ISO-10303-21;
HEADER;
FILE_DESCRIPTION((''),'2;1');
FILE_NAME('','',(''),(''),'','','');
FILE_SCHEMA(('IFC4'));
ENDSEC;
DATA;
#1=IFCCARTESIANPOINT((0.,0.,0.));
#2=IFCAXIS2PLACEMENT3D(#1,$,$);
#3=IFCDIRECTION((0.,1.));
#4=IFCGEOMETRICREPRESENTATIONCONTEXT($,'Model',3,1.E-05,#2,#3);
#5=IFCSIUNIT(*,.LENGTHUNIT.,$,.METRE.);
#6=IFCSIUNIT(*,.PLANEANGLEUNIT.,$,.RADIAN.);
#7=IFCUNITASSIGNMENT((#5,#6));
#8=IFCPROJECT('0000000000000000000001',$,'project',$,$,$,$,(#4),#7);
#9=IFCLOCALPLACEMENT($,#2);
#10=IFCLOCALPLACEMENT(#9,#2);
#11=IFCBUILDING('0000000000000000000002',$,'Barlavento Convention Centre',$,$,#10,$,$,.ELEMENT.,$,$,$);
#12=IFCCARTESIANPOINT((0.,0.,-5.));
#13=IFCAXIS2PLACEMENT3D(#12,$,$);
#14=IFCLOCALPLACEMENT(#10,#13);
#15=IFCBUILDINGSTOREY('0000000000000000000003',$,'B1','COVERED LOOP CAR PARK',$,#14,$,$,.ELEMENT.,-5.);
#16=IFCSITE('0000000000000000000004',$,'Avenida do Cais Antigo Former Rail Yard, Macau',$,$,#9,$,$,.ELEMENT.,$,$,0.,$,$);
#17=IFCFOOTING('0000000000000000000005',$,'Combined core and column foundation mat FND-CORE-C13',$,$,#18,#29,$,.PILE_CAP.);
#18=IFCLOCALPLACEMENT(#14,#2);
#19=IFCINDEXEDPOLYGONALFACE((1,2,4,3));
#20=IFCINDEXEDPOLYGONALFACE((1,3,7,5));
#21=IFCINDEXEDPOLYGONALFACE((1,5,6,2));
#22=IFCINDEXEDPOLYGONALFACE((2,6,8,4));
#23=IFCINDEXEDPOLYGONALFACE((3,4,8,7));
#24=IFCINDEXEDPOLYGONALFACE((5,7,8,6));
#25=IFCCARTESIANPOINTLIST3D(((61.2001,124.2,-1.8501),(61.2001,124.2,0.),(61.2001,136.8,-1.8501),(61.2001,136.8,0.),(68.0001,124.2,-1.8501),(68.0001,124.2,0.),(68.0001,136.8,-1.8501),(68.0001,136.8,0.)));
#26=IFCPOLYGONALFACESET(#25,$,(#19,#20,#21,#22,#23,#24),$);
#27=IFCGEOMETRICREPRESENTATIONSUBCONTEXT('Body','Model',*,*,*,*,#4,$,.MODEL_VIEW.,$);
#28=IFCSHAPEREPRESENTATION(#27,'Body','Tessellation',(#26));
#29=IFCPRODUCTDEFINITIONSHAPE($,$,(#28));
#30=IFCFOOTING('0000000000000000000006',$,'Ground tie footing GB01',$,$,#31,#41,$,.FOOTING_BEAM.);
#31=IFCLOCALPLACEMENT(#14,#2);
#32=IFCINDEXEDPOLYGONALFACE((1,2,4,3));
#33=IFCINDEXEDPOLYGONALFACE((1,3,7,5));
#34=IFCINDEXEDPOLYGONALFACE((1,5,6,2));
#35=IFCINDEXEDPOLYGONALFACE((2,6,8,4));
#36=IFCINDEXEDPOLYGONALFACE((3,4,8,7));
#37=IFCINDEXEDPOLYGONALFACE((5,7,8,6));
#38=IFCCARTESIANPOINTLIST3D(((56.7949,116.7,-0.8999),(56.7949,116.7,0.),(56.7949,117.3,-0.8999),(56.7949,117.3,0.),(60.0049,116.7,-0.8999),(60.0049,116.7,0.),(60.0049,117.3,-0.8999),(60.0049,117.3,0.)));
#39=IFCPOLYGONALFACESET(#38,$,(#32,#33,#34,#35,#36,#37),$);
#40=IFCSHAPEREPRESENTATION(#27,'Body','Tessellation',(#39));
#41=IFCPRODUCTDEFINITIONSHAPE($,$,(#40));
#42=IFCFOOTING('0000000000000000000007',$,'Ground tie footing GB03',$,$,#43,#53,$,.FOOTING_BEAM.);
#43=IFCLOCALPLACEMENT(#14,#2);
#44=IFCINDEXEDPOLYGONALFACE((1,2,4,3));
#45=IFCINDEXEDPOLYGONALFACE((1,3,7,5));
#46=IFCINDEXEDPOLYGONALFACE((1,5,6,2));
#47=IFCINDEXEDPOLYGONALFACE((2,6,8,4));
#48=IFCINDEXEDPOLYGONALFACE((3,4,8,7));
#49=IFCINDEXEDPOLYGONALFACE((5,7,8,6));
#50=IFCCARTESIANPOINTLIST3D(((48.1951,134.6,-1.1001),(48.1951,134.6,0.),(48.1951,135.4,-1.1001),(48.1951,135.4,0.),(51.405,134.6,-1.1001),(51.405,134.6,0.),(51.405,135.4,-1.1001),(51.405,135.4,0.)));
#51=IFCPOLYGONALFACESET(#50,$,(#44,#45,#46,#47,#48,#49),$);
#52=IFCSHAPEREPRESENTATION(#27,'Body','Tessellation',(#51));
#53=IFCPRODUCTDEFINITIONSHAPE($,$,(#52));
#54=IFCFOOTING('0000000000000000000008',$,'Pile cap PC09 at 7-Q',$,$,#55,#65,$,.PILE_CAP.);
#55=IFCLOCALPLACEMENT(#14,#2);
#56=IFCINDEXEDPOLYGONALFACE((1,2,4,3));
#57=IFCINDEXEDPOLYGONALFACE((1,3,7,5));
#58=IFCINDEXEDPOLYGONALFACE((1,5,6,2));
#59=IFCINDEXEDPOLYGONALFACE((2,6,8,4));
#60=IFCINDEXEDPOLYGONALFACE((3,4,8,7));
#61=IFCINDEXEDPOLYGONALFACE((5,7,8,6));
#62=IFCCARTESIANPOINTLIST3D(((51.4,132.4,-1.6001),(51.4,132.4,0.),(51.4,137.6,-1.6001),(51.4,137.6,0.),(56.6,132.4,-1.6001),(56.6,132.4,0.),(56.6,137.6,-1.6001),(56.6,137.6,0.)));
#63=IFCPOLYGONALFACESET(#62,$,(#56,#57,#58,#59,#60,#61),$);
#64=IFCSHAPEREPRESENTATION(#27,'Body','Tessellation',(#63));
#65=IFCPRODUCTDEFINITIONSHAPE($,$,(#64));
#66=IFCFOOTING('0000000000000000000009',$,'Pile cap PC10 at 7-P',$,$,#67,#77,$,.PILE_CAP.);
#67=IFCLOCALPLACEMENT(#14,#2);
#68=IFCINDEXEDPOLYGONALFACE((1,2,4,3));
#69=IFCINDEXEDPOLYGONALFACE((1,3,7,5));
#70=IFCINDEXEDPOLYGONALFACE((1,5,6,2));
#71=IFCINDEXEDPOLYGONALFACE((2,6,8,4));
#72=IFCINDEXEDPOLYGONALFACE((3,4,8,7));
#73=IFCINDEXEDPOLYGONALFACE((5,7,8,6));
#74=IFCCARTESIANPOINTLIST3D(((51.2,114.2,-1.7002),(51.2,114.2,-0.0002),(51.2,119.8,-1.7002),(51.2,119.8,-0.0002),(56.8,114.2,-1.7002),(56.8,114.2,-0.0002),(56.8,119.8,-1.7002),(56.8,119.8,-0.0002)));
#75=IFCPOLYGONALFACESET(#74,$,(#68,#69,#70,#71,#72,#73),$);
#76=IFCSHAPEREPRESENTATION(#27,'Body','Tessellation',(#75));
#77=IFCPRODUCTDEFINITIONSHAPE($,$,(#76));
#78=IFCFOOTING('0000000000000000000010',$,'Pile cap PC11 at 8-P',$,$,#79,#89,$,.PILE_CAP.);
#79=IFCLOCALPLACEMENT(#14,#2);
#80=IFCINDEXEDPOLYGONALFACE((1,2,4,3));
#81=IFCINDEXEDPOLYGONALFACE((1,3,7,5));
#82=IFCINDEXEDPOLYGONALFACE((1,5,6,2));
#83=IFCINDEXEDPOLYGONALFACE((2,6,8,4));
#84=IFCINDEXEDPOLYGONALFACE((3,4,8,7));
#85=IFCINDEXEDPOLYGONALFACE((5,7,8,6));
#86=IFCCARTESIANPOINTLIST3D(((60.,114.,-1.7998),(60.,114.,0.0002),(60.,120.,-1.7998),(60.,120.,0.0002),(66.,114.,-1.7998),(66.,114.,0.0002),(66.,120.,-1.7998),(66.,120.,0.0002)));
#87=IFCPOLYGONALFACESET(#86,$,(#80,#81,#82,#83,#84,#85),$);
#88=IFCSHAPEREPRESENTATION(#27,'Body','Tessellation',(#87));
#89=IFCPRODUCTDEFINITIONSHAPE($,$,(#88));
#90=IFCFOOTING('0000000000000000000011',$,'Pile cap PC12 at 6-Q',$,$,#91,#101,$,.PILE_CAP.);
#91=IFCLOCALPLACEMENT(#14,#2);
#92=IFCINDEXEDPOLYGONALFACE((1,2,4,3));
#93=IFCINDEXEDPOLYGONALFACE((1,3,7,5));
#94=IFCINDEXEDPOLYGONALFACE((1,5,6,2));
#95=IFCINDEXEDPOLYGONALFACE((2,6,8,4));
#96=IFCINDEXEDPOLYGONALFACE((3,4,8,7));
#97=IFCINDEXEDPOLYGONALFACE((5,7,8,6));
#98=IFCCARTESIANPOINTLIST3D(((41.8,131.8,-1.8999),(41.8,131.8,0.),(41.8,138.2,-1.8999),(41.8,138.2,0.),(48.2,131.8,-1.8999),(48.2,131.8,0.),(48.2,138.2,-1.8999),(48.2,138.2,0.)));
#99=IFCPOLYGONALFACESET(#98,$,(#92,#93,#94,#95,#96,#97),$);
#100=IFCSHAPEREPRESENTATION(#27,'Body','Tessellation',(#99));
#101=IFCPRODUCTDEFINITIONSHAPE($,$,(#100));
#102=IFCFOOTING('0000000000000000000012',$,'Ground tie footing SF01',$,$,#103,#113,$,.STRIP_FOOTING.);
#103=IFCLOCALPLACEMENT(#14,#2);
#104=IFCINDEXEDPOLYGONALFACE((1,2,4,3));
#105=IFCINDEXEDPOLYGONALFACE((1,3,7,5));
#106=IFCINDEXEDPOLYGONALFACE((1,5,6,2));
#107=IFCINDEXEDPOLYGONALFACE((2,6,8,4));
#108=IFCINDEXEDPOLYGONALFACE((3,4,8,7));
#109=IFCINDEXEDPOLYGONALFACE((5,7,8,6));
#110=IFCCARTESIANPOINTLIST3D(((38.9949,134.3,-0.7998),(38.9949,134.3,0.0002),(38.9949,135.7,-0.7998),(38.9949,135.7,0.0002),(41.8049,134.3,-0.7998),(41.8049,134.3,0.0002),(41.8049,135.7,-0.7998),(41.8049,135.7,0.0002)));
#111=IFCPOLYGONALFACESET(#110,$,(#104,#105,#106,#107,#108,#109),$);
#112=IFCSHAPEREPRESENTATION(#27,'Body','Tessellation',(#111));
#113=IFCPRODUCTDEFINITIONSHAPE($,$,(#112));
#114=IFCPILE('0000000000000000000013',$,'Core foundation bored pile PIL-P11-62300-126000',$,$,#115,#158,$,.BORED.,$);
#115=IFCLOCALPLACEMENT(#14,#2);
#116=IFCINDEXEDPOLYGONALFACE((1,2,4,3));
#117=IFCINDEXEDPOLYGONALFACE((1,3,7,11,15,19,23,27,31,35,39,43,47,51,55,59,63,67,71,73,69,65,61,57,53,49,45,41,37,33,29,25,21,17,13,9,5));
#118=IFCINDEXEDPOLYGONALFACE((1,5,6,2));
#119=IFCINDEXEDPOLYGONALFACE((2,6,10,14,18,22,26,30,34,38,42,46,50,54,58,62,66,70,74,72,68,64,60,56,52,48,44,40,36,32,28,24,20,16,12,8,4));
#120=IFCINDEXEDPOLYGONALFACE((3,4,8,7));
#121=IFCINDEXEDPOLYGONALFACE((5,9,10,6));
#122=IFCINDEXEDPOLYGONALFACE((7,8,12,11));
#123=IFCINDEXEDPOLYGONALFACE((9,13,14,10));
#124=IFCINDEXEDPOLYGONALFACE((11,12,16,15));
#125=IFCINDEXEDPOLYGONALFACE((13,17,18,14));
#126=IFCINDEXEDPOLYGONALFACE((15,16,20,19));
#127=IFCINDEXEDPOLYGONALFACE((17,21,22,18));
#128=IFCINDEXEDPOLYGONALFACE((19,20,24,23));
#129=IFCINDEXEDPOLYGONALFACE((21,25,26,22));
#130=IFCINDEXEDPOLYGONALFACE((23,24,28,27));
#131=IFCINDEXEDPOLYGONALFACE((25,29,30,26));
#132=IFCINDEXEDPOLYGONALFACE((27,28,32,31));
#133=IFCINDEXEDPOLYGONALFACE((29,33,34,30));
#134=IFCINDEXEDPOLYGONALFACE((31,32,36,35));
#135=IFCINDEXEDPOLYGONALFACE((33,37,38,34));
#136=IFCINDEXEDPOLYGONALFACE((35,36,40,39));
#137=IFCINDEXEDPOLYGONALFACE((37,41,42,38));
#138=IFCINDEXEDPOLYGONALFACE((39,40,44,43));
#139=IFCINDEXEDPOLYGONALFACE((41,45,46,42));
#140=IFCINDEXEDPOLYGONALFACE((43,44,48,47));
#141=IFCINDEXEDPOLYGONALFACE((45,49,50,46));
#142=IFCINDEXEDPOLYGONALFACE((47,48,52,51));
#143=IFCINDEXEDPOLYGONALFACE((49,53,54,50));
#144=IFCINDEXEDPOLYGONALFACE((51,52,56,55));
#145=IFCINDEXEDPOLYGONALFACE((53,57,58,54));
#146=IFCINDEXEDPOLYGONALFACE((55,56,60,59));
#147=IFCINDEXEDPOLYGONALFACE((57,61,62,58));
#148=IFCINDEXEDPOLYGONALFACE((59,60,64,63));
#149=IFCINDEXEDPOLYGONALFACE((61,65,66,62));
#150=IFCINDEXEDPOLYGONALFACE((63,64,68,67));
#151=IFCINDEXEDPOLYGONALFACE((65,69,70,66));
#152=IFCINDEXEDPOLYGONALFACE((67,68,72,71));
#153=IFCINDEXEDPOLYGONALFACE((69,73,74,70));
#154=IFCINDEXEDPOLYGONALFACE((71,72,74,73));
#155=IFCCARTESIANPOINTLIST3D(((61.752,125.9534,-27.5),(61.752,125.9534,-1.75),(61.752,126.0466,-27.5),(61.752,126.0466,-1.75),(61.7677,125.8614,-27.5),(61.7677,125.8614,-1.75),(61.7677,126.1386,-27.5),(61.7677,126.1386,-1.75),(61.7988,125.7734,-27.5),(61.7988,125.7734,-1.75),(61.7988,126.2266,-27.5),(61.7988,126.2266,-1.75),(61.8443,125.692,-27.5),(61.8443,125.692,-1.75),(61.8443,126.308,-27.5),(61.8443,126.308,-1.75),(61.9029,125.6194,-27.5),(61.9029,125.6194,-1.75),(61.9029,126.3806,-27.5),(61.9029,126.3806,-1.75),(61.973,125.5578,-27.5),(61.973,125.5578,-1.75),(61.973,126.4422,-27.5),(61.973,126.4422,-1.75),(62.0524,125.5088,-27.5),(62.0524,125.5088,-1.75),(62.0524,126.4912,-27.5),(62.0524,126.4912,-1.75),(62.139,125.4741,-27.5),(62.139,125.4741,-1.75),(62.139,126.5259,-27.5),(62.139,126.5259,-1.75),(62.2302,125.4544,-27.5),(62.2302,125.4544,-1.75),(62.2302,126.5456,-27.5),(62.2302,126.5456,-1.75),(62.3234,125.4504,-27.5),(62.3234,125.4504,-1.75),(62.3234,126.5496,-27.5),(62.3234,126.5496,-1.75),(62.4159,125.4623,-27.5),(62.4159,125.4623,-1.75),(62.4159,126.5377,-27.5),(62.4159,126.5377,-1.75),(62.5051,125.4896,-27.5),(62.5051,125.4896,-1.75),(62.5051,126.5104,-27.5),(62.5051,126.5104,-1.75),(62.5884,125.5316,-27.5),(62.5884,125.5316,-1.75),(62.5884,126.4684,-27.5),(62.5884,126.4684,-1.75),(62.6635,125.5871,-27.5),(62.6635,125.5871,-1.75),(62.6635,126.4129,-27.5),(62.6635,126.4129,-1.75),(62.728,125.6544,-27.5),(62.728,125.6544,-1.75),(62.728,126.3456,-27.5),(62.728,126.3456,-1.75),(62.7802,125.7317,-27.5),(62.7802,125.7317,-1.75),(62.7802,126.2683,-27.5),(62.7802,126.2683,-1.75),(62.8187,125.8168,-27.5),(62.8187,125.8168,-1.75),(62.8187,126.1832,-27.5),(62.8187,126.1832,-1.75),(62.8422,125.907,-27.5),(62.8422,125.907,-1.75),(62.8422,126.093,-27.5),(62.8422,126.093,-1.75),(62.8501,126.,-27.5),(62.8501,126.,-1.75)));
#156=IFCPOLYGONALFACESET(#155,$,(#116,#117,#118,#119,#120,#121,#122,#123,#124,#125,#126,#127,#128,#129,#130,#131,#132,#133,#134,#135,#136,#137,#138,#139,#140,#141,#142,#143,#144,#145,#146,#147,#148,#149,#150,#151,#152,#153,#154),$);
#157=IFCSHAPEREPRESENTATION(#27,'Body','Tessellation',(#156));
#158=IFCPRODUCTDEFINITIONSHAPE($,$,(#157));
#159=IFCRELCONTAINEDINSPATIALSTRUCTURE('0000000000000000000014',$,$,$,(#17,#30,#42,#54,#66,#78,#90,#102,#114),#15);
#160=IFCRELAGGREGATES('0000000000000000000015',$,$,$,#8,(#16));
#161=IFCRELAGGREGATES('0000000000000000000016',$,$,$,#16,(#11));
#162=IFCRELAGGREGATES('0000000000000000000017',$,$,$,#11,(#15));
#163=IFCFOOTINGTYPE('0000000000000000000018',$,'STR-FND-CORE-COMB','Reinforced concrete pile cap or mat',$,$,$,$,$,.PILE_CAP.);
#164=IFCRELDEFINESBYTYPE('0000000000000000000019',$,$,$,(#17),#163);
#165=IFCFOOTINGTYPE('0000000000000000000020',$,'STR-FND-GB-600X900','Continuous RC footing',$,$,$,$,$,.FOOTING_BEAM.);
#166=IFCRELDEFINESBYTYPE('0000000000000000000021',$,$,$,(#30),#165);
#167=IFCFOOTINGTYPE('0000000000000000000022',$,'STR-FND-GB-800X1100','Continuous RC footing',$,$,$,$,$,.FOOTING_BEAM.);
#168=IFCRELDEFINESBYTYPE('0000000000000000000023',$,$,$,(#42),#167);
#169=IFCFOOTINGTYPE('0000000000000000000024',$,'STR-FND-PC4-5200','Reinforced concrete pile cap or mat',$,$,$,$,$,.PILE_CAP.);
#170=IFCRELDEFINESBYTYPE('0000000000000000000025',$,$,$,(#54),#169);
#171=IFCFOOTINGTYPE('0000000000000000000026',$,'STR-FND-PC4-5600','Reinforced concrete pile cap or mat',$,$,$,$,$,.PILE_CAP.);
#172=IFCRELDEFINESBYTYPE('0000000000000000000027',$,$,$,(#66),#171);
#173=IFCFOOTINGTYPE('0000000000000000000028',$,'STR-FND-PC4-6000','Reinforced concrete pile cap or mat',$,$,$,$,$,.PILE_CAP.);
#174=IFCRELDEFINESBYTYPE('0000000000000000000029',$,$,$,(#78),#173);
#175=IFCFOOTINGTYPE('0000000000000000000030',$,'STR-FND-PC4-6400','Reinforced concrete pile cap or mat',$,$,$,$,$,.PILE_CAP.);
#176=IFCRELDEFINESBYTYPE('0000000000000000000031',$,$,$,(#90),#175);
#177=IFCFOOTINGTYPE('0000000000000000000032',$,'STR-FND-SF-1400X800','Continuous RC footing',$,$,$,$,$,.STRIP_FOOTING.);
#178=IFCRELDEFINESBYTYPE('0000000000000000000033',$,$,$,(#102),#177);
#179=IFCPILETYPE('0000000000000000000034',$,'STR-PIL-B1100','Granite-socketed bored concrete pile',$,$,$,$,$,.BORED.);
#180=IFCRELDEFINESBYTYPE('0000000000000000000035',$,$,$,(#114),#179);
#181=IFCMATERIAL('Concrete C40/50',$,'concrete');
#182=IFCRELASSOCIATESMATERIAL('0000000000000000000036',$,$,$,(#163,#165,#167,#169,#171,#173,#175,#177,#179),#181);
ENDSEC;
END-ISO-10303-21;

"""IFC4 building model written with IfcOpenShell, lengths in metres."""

from ifc_helpers import new_model, si_unit, direction, frame, origin, origin_2d, place, context, subcontext, project, spatial, rectangle, circle, extrude, material, material_profile, profile_set, type_object, element, save


model = new_model("IFC4")

# Units and contexts
model_context = context("Model", 3, precision=1e-05, world=origin(), true_north=direction((0.0, 1.0)))
body_context = subcontext(model_context, "Body", "Model", "MODEL_VIEW")
ifc_project = project(units=[si_unit("LENGTHUNIT", "METRE"), si_unit("PLANEANGLEUNIT", "RADIAN")], contexts=[model_context])

# Site, building, storey
site_placement = place(None, origin())
site = spatial("IfcSite", under=ifc_project, at=site_placement, Name="Avenida do Cais Antigo Former Rail Yard, Macau", CompositionType="ELEMENT", RefElevation=0.0)
building_placement = place(site_placement, origin())
building = spatial("IfcBuilding", under=site, at=building_placement, Name="Barlavento Convention Centre", CompositionType="ELEMENT")
storey_placement = place(building_placement, frame((0.0, 0.0, -5.0)))
storey = spatial("IfcBuildingStorey", under=building, at=storey_placement, Name="B1", Description="COVERED LOOP CAR PARK", CompositionType="ELEMENT", Elevation=-5.0)

# Footings
ifc_material_1 = material(Name="Concrete C40/50", Category="concrete")
footing_type_1 = type_object("IfcFootingType", Name="STR-FND-CORE-COMB", Description="Reinforced concrete pile cap or mat", PredefinedType="PILE_CAP", material=ifc_material_1)
footing_1_placement = place(storey_placement, frame((64.6001, 130.5, -1.8501), z_axis=(0.0, 0.0, 1.0), x_axis=(1.0, 0.0, 0.0)))
element("IfcFooting", 1, at=footing_1_placement, inside=storey, type_object=footing_type_1, Name="Combined core and column foundation mat FND-CORE-C13", PredefinedType="PILE_CAP", context=body_context, shape_type="SweptSolid", body=[
    extrude(rectangle(XDim=6.8, YDim=12.6001, at=origin_2d()), origin(), (0.0, 0.0, 1.0), 1.8501),
])
footing_type_2 = type_object("IfcFootingType", Name="STR-FND-GB-600X900", Description="Continuous RC footing", PredefinedType="FOOTING_BEAM", material=ifc_material_1)
footing_2_placement = place(storey_placement, frame((58.3999, 117.0, -0.8999), z_axis=(0.0, 0.0, 1.0), x_axis=(1.0, 0.0, 0.0)))
element("IfcFooting", 2, at=footing_2_placement, inside=storey, type_object=footing_type_2, Name="Ground tie footing GB01", PredefinedType="FOOTING_BEAM", context=body_context, shape_type="SweptSolid", body=[
    extrude(rectangle(XDim=3.21, YDim=0.6001, at=origin_2d()), origin(), (0.0, 0.0, 1.0), 0.8999),
])
footing_type_3 = type_object("IfcFootingType", Name="STR-FND-GB-800X1100", Description="Continuous RC footing", PredefinedType="FOOTING_BEAM", material=ifc_material_1)
footing_3_placement = place(storey_placement, frame((49.8, 135.0, -1.1001), z_axis=(0.0, 0.0, 1.0), x_axis=(1.0, 0.0, 0.0)))
element("IfcFooting", 3, at=footing_3_placement, inside=storey, type_object=footing_type_3, Name="Ground tie footing GB03", PredefinedType="FOOTING_BEAM", context=body_context, shape_type="SweptSolid", body=[
    extrude(rectangle(XDim=3.21, YDim=0.8, at=origin_2d()), origin(), (0.0, 0.0, 1.0), 1.1001),
])
footing_type_4 = type_object("IfcFootingType", Name="STR-FND-PC4-5200", Description="Reinforced concrete pile cap or mat", PredefinedType="PILE_CAP", material=ifc_material_1)
footing_4_placement = place(storey_placement, frame((54.0, 135.0, -1.6001), z_axis=(0.0, 0.0, 1.0), x_axis=(1.0, 0.0, 0.0)))
element("IfcFooting", 4, at=footing_4_placement, inside=storey, type_object=footing_type_4, Name="Pile cap PC09 at 7-Q", PredefinedType="PILE_CAP", context=body_context, shape_type="SweptSolid", body=[
    extrude(rectangle(XDim=5.2, YDim=5.2, at=origin_2d()), origin(), (0.0, 0.0, 1.0), 1.6001),
])
footing_type_5 = type_object("IfcFootingType", Name="STR-FND-PC4-5600", Description="Reinforced concrete pile cap or mat", PredefinedType="PILE_CAP", material=ifc_material_1)
footing_5_placement = place(storey_placement, frame((54.0, 117.0, -1.7002), z_axis=(0.0, 0.0, 1.0), x_axis=(1.0, 0.0, 0.0)))
element("IfcFooting", 5, at=footing_5_placement, inside=storey, type_object=footing_type_5, Name="Pile cap PC10 at 7-P", PredefinedType="PILE_CAP", context=body_context, shape_type="SweptSolid", body=[
    extrude(rectangle(XDim=5.6001, YDim=5.6001, at=origin_2d()), origin(), (0.0, 0.0, 1.0), 1.7),
])
footing_type_6 = type_object("IfcFootingType", Name="STR-FND-PC4-6000", Description="Reinforced concrete pile cap or mat", PredefinedType="PILE_CAP", material=ifc_material_1)
footing_6_placement = place(storey_placement, frame((63.0, 117.0, -1.7998), z_axis=(0.0, 0.0, 1.0), x_axis=(1.0, 0.0, 0.0)))
element("IfcFooting", 6, at=footing_6_placement, inside=storey, type_object=footing_type_6, Name="Pile cap PC11 at 8-P", PredefinedType="PILE_CAP", context=body_context, shape_type="SweptSolid", body=[
    extrude(rectangle(XDim=6.0, YDim=6.0, at=origin_2d()), origin(), (0.0, 0.0, 1.0), 1.8),
])
footing_type_7 = type_object("IfcFootingType", Name="STR-FND-PC4-6400", Description="Reinforced concrete pile cap or mat", PredefinedType="PILE_CAP", material=ifc_material_1)
footing_7_placement = place(storey_placement, frame((45.0, 135.0, -1.8999), z_axis=(0.0, 0.0, 1.0), x_axis=(1.0, 0.0, 0.0)))
element("IfcFooting", 7, at=footing_7_placement, inside=storey, type_object=footing_type_7, Name="Pile cap PC12 at 6-Q", PredefinedType="PILE_CAP", context=body_context, shape_type="SweptSolid", body=[
    extrude(rectangle(XDim=6.3999, YDim=6.3999, at=origin_2d()), origin(), (0.0, 0.0, 1.0), 1.8999),
])
footing_type_8 = type_object("IfcFootingType", Name="STR-FND-SF-1400X800", Description="Continuous RC footing", PredefinedType="STRIP_FOOTING", material=ifc_material_1)
footing_8_placement = place(storey_placement, frame((40.3999, 135.0, -0.7998), z_axis=(0.0, 0.0, 1.0), x_axis=(1.0, 0.0, 0.0)))
element("IfcFooting", 8, at=footing_8_placement, inside=storey, type_object=footing_type_8, Name="Ground tie footing SF01", PredefinedType="STRIP_FOOTING", context=body_context, shape_type="SweptSolid", body=[
    extrude(rectangle(XDim=2.8101, YDim=1.3999, at=origin_2d()), origin(), (0.0, 0.0, 1.0), 0.8),
])

# Pile
ifc_material_profile_1 = material_profile(ifc_material_1, circle(Radius=0.55, at=origin_2d()), Name="BORED PILE 1100")
ifc_profile_set_1 = profile_set([ifc_material_profile_1], Name="Concrete C40/50")
pile_type_1 = type_object("IfcPileType", Name="STR-PIL-B1100", Description="Granite-socketed bored concrete pile", PredefinedType="BORED", material=ifc_profile_set_1)
for number, where, z_axis, x_axis, name in (
    (9, (62.3, 126.0, -1.75), (0.0, 0.0, -1.0), (1.0, 0.0, 0.0), "Core foundation bored pile PIL-P11-62300-126000"),
):
    element("IfcPile", number, at=place(storey_placement, frame(where, z_axis=z_axis, x_axis=x_axis)), inside=storey, type_object=pile_type_1, Name=name, PredefinedType="BORED", context=body_context, shape_type="SweptSolid", body=[
        extrude(circle(Radius=0.55, at=origin_2d()), origin(), (0.0, 0.0, 1.0), 25.75),
    ])

save(model, "model.ifc")
